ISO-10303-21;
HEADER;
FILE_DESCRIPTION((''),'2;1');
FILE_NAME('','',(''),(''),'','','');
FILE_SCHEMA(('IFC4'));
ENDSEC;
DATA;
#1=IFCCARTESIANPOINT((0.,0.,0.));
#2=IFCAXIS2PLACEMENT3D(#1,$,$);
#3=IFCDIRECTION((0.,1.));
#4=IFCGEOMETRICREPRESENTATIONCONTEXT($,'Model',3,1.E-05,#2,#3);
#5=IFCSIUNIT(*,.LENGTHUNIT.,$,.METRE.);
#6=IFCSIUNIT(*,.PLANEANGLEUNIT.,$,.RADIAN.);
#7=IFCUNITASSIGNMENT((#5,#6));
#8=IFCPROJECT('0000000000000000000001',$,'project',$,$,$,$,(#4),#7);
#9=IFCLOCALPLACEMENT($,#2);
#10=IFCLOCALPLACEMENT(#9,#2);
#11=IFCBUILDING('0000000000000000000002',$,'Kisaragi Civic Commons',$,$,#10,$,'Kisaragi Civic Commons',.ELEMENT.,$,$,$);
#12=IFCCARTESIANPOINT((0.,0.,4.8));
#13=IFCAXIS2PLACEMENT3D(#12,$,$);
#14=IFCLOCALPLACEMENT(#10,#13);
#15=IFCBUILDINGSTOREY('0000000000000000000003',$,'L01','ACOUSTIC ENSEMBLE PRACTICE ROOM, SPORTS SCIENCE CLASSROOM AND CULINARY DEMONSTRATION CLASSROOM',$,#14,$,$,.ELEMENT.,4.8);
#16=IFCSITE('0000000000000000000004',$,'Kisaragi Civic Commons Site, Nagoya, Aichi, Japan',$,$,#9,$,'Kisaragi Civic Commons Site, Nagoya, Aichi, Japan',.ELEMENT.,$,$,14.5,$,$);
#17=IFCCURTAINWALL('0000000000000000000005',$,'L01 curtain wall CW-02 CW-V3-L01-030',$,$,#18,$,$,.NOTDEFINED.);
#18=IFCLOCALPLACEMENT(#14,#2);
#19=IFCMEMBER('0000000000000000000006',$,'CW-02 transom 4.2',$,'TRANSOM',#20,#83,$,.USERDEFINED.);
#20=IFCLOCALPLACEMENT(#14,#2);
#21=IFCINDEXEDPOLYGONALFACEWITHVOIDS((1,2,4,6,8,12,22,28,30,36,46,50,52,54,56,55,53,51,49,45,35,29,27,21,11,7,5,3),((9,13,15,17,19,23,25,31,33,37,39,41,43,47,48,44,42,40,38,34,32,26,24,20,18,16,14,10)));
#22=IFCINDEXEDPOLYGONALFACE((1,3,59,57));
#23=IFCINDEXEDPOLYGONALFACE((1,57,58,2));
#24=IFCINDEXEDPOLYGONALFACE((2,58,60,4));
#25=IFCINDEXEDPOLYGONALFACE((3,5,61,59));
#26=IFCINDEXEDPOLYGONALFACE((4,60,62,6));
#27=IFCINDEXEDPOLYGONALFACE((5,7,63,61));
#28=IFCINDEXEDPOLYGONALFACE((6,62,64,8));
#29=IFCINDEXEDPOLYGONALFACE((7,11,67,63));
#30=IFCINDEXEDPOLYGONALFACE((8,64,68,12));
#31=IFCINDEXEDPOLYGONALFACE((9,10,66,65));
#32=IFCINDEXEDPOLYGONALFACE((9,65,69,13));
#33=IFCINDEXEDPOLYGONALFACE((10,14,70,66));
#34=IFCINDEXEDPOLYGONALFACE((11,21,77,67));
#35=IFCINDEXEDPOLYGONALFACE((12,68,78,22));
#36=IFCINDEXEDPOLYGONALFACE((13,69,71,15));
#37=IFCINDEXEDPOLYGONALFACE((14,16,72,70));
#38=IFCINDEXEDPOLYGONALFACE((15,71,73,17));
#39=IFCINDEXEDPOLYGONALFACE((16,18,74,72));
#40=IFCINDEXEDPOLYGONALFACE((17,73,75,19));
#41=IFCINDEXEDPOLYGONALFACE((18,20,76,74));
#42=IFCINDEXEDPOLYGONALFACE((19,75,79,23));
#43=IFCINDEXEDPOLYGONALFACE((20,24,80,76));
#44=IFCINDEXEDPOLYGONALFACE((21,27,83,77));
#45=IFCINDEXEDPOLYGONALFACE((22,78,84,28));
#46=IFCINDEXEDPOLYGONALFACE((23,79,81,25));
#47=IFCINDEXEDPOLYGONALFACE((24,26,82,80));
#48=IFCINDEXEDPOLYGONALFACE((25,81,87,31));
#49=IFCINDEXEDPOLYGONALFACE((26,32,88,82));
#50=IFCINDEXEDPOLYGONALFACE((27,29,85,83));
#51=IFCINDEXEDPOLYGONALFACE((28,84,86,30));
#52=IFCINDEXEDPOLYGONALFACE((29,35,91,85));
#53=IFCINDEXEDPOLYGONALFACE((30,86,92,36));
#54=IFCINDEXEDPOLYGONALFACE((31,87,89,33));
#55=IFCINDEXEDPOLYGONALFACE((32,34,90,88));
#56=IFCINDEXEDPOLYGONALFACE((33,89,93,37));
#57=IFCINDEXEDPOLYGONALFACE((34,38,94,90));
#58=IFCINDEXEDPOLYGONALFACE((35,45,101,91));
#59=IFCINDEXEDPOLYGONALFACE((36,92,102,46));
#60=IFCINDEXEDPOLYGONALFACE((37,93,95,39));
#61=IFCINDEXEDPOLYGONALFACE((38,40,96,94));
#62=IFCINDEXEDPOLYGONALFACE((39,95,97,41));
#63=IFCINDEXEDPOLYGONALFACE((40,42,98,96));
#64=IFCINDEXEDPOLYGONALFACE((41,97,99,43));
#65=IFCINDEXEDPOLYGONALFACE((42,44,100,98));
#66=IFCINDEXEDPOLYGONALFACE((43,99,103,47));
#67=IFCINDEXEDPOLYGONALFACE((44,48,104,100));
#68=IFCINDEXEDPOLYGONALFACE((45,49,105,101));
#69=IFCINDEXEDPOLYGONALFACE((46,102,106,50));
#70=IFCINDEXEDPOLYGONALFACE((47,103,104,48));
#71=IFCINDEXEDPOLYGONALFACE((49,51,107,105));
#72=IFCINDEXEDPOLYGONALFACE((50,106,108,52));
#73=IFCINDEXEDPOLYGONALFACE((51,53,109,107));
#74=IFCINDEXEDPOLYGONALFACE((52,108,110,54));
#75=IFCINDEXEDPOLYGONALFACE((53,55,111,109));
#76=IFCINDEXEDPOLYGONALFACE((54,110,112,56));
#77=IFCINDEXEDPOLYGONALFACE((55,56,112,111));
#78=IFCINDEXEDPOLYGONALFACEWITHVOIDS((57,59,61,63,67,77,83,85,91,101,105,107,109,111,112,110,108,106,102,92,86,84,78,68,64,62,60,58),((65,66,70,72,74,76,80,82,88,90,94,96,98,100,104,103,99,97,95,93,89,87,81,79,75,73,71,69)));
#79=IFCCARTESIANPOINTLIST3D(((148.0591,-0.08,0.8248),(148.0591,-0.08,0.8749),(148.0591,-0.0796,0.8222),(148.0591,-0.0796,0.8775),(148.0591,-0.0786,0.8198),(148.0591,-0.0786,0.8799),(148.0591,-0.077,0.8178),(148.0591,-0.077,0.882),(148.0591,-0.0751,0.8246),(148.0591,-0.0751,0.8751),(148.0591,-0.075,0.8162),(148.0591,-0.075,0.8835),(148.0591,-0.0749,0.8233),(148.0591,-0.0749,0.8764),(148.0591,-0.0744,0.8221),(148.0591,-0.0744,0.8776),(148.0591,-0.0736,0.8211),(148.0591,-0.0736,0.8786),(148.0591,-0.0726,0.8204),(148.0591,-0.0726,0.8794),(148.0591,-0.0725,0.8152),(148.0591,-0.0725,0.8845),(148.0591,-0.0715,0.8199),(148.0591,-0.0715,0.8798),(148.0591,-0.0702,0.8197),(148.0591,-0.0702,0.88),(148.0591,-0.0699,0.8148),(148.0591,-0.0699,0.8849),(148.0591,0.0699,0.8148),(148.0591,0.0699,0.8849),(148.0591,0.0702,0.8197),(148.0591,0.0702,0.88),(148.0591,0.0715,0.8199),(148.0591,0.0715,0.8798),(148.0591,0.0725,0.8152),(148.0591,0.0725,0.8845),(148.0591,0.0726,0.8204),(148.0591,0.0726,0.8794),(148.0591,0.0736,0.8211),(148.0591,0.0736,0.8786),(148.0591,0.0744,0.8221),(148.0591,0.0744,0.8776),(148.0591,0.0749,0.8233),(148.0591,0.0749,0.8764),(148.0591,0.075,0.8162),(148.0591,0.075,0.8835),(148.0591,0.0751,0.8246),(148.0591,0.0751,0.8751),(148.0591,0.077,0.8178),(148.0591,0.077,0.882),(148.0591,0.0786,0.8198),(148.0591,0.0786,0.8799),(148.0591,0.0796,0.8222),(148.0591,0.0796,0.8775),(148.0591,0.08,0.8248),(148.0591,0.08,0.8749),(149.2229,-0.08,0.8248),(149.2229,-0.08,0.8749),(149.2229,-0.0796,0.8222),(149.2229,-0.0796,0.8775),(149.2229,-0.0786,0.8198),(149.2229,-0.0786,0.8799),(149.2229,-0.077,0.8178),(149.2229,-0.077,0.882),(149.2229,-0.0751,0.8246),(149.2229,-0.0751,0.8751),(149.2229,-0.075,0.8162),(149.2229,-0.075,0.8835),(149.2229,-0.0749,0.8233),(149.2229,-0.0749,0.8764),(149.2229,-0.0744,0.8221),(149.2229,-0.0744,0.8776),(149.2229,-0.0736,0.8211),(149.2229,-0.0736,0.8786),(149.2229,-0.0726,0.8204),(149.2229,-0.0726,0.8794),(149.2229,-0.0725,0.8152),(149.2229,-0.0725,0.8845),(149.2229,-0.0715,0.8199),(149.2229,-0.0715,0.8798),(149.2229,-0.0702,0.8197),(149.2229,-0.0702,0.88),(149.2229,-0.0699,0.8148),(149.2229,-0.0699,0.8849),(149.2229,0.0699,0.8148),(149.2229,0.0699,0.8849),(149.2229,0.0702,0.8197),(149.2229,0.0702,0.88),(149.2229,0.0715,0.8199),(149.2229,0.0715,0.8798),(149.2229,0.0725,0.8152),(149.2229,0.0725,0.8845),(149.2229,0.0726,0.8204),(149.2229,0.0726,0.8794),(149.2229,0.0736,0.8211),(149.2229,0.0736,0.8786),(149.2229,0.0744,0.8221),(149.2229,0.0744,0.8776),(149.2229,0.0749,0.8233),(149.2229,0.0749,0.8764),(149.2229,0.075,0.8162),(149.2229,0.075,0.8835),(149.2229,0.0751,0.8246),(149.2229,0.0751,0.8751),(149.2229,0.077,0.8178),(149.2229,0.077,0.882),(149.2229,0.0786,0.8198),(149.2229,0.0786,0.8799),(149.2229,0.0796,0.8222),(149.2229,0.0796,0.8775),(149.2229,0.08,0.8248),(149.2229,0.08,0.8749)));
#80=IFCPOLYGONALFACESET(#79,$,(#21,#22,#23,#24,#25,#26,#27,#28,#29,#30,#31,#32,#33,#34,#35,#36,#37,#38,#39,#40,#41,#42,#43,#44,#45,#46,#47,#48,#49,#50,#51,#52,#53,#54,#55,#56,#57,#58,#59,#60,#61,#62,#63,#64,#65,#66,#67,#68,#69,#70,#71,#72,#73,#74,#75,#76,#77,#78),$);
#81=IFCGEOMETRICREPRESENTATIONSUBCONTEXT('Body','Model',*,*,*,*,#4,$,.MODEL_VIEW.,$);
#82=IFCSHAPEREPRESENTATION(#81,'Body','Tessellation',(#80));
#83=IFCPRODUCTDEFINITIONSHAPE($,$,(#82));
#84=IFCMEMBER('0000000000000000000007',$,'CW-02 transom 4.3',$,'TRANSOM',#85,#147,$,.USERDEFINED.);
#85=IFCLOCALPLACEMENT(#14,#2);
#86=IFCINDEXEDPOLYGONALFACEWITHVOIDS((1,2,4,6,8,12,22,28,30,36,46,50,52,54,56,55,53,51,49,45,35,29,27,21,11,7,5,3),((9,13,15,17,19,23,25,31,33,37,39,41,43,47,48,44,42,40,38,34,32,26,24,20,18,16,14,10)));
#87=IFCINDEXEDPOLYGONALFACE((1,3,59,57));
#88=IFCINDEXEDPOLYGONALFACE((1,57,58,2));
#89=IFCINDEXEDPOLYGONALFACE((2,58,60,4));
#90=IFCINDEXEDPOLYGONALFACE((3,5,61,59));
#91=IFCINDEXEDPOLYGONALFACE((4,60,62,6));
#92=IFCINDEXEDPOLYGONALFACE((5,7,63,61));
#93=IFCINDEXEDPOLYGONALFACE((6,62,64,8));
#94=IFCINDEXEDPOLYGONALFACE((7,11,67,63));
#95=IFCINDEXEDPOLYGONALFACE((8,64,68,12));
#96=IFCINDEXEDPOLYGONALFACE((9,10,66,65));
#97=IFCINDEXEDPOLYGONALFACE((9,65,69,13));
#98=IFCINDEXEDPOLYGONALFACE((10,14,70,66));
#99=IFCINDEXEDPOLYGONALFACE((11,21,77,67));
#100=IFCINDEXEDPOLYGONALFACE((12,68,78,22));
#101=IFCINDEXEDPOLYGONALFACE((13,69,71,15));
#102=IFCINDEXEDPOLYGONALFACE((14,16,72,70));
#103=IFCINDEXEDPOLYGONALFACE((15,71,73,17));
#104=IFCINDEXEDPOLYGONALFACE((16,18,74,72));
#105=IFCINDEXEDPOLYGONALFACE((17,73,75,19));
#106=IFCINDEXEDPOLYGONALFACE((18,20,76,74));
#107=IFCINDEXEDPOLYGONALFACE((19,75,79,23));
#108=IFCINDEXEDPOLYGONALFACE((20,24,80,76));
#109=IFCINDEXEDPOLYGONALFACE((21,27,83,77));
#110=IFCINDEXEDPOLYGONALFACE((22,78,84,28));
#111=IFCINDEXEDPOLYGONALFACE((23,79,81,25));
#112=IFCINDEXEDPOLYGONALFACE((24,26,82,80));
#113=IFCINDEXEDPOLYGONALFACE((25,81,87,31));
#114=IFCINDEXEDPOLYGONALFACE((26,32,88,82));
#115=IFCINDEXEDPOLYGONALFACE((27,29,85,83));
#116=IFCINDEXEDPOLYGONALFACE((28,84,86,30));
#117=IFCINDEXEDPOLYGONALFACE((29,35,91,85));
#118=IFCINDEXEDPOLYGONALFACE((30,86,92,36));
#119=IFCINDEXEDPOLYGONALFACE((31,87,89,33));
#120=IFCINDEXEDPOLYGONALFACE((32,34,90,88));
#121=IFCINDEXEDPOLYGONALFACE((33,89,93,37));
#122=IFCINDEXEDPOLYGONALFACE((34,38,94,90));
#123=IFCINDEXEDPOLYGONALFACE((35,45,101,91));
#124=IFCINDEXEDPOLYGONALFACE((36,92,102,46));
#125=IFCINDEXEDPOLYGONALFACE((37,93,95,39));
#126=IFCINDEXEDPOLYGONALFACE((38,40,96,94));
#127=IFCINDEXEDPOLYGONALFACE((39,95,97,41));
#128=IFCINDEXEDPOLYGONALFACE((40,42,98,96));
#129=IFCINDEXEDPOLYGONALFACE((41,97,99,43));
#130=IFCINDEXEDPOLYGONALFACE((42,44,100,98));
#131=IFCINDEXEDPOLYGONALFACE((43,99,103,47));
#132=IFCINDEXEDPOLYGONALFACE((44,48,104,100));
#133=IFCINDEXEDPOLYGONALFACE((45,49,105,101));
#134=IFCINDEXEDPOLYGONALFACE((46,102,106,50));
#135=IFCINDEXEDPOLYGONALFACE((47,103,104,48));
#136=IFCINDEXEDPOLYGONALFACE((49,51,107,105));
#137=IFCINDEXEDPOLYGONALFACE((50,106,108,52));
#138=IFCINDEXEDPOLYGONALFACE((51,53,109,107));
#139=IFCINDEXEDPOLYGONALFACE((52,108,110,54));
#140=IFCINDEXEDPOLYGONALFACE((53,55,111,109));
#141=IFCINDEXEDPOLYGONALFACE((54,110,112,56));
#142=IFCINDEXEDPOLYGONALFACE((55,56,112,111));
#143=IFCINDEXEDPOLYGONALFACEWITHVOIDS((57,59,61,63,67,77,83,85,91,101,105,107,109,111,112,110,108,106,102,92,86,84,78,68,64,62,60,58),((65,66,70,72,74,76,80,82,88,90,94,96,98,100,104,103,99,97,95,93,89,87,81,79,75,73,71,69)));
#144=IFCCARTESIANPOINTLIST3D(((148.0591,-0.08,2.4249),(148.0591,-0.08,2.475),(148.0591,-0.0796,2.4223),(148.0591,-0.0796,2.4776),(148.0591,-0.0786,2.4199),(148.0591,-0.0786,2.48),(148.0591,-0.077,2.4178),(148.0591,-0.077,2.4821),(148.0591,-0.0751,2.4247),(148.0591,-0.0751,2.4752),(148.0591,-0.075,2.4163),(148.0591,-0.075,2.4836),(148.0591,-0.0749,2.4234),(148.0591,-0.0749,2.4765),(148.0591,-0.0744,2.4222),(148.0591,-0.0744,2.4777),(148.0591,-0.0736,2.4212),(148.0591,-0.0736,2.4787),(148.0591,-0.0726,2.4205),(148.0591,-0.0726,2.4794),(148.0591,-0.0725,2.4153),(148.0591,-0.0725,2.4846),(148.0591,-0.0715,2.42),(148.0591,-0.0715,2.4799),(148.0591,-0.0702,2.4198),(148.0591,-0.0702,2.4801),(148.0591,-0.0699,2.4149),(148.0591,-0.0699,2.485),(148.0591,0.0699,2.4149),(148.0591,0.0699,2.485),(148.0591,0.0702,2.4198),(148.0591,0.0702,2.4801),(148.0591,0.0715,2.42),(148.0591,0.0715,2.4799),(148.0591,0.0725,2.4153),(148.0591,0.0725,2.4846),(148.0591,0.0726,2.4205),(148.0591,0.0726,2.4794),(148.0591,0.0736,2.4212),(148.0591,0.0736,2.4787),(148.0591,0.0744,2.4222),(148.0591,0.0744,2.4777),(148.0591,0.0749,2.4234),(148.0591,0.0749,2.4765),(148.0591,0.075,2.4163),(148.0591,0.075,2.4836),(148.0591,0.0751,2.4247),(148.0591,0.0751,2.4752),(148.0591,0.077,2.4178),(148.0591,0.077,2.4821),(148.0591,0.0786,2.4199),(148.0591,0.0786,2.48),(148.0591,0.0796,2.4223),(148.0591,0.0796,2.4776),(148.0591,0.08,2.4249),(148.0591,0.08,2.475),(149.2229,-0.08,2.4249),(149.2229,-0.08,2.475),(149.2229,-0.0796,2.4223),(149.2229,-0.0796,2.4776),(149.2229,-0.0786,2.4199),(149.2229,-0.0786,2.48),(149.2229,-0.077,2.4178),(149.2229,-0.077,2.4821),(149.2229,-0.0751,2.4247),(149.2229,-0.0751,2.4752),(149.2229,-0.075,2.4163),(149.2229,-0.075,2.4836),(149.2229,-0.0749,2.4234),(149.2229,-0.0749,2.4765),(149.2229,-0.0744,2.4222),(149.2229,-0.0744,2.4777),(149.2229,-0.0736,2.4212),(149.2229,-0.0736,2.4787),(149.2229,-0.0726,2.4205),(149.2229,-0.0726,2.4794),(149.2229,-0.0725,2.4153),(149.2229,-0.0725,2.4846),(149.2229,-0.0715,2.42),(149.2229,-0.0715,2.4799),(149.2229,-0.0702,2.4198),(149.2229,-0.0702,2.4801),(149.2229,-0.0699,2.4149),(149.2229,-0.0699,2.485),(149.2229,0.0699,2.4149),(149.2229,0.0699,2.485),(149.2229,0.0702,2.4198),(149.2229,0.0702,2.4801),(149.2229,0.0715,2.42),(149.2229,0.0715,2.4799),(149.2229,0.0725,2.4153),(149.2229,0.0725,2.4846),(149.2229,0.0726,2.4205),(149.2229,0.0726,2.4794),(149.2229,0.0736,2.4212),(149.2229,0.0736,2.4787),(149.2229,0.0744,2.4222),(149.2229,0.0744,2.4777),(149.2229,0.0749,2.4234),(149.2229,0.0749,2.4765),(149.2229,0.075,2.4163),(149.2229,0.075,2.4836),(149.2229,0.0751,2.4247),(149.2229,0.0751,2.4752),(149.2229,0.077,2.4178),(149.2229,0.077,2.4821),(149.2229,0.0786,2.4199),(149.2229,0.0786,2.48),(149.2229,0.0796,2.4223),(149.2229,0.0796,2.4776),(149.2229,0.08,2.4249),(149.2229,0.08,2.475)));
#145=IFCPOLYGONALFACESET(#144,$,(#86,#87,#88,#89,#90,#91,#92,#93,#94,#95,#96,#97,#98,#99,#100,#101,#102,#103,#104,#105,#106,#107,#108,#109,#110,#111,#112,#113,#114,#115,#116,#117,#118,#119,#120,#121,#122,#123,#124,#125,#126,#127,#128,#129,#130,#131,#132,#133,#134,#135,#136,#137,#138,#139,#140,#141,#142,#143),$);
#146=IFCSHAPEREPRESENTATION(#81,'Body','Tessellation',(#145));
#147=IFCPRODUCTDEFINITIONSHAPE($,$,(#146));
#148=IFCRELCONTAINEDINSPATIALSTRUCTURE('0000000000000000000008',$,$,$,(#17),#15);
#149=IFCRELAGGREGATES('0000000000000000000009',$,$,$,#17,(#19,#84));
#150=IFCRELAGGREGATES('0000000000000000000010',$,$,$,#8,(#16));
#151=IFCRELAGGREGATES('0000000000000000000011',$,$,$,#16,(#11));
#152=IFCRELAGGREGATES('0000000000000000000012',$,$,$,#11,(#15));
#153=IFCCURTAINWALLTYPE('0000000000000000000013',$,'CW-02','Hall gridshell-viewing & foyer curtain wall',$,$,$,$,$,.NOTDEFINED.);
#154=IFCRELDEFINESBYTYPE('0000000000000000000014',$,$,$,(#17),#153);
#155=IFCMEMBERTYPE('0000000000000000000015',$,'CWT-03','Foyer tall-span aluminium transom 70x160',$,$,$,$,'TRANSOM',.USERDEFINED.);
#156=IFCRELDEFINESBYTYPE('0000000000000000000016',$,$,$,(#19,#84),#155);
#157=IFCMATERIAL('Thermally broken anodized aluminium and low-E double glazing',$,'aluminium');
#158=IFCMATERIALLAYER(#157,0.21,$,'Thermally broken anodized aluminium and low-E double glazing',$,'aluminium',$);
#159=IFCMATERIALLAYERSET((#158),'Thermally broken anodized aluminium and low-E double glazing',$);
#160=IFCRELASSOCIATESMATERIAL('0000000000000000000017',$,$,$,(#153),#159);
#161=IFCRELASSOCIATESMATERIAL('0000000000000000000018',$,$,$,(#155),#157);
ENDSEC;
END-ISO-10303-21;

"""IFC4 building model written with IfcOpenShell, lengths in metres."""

from ifc_helpers import new_model, si_unit, direction, frame, origin, origin_2d, place, context, subcontext, project, spatial, hollow_rectangle, extrude, material, layer, layer_set, material_profile, profile_set, type_object, element, aggregate, save


model = new_model("IFC4")

# Units and contexts
model_context = context("Model", 3, precision=1e-05, world=origin(), true_north=direction((0.0, 1.0)))
body_context = subcontext(model_context, "Body", "Model", "MODEL_VIEW")
ifc_project = project(units=[si_unit("LENGTHUNIT", "METRE"), si_unit("PLANEANGLEUNIT", "RADIAN")], contexts=[model_context])

# Site, building, storey
site_placement = place(None, origin())
site = spatial("IfcSite", under=ifc_project, at=site_placement, Name="Kisaragi Civic Commons Site, Nagoya, Aichi, Japan", LongName="Kisaragi Civic Commons Site, Nagoya, Aichi, Japan", CompositionType="ELEMENT", RefElevation=14.5)
building_placement = place(site_placement, origin())
building = spatial("IfcBuilding", under=site, at=building_placement, Name="Kisaragi Civic Commons", LongName="Kisaragi Civic Commons", CompositionType="ELEMENT")
storey_placement = place(building_placement, frame((0.0, 0.0, 4.8)))
storey = spatial("IfcBuildingStorey", under=building, at=storey_placement, Name="L01", Description="ACOUSTIC ENSEMBLE PRACTICE ROOM, SPORTS SCIENCE CLASSROOM AND CULINARY DEMONSTRATION CLASSROOM", CompositionType="ELEMENT", Elevation=4.8)

# Curtain wall, members
ifc_material_1 = material(Name="Thermally broken anodized aluminium and low-E double glazing", Category="aluminium")
ifc_layer_1 = layer(ifc_material_1, 0.21, Name="Thermally broken anodized aluminium and low-E double glazing", Category="aluminium")
ifc_layer_set_1 = layer_set([ifc_layer_1], Name="Thermally broken anodized aluminium and low-E double glazing")
curtain_wall_type = type_object("IfcCurtainWallType", Name="CW-02", Description="Hall gridshell-viewing & foyer curtain wall", PredefinedType="NOTDEFINED", material=ifc_layer_set_1)
curtain_wall_placement = place(storey_placement, origin())
curtain_wall = element("IfcCurtainWall", 1, at=curtain_wall_placement, inside=storey, type_object=curtain_wall_type, Name="L01 curtain wall CW-02 CW-V3-L01-030", PredefinedType="NOTDEFINED")
ifc_material_profile_1 = material_profile(ifc_material_1, hollow_rectangle(XDim=0.1599, YDim=0.0701, WallThickness=0.0049, InnerFilletRadius=0.0049, OuterFilletRadius=0.01, at=origin_2d()), Name="CWT-70x160x5", Category="aluminium")
ifc_profile_set_1 = profile_set([ifc_material_profile_1], Name="Thermally broken anodized aluminium and low-E double glazing")
member_type_1 = type_object("IfcMemberType", Name="CWT-03", Description="Foyer tall-span aluminium transom 70x160", ElementType="TRANSOM", PredefinedType="USERDEFINED", material=ifc_profile_set_1)
member_1_placement = place(storey_placement, frame((149.2229, 0.0, 0.8499), z_axis=(-1.0, 0.0, 0.0), x_axis=(0.0, -1.0, 0.0)))
member_1 = element("IfcMember", 2, at=member_1_placement, type_object=member_type_1, Name="CW-02 transom 4.2", ObjectType="TRANSOM", PredefinedType="USERDEFINED", context=body_context, shape_type="SweptSolid", body=[
    extrude(hollow_rectangle(XDim=0.1599, YDim=0.0701, WallThickness=0.0049, InnerFilletRadius=0.0049, OuterFilletRadius=0.01, at=origin_2d()), origin(), (0.0, 0.0, 1.0), 1.1638),
])
member_2_placement = place(storey_placement, frame((149.2229, 0.0, 2.45), z_axis=(-1.0, 0.0, 0.0), x_axis=(0.0, -1.0, 0.0)))
member_2 = element("IfcMember", 3, at=member_2_placement, type_object=member_type_1, Name="CW-02 transom 4.3", ObjectType="TRANSOM", PredefinedType="USERDEFINED", context=body_context, shape_type="SweptSolid", body=[
    extrude(hollow_rectangle(XDim=0.1599, YDim=0.0701, WallThickness=0.0049, InnerFilletRadius=0.0049, OuterFilletRadius=0.01, at=origin_2d()), origin(), (0.0, 0.0, 1.0), 1.1638),
])

aggregate(curtain_wall, [member_1, member_2])

save(model, "model.ifc")
